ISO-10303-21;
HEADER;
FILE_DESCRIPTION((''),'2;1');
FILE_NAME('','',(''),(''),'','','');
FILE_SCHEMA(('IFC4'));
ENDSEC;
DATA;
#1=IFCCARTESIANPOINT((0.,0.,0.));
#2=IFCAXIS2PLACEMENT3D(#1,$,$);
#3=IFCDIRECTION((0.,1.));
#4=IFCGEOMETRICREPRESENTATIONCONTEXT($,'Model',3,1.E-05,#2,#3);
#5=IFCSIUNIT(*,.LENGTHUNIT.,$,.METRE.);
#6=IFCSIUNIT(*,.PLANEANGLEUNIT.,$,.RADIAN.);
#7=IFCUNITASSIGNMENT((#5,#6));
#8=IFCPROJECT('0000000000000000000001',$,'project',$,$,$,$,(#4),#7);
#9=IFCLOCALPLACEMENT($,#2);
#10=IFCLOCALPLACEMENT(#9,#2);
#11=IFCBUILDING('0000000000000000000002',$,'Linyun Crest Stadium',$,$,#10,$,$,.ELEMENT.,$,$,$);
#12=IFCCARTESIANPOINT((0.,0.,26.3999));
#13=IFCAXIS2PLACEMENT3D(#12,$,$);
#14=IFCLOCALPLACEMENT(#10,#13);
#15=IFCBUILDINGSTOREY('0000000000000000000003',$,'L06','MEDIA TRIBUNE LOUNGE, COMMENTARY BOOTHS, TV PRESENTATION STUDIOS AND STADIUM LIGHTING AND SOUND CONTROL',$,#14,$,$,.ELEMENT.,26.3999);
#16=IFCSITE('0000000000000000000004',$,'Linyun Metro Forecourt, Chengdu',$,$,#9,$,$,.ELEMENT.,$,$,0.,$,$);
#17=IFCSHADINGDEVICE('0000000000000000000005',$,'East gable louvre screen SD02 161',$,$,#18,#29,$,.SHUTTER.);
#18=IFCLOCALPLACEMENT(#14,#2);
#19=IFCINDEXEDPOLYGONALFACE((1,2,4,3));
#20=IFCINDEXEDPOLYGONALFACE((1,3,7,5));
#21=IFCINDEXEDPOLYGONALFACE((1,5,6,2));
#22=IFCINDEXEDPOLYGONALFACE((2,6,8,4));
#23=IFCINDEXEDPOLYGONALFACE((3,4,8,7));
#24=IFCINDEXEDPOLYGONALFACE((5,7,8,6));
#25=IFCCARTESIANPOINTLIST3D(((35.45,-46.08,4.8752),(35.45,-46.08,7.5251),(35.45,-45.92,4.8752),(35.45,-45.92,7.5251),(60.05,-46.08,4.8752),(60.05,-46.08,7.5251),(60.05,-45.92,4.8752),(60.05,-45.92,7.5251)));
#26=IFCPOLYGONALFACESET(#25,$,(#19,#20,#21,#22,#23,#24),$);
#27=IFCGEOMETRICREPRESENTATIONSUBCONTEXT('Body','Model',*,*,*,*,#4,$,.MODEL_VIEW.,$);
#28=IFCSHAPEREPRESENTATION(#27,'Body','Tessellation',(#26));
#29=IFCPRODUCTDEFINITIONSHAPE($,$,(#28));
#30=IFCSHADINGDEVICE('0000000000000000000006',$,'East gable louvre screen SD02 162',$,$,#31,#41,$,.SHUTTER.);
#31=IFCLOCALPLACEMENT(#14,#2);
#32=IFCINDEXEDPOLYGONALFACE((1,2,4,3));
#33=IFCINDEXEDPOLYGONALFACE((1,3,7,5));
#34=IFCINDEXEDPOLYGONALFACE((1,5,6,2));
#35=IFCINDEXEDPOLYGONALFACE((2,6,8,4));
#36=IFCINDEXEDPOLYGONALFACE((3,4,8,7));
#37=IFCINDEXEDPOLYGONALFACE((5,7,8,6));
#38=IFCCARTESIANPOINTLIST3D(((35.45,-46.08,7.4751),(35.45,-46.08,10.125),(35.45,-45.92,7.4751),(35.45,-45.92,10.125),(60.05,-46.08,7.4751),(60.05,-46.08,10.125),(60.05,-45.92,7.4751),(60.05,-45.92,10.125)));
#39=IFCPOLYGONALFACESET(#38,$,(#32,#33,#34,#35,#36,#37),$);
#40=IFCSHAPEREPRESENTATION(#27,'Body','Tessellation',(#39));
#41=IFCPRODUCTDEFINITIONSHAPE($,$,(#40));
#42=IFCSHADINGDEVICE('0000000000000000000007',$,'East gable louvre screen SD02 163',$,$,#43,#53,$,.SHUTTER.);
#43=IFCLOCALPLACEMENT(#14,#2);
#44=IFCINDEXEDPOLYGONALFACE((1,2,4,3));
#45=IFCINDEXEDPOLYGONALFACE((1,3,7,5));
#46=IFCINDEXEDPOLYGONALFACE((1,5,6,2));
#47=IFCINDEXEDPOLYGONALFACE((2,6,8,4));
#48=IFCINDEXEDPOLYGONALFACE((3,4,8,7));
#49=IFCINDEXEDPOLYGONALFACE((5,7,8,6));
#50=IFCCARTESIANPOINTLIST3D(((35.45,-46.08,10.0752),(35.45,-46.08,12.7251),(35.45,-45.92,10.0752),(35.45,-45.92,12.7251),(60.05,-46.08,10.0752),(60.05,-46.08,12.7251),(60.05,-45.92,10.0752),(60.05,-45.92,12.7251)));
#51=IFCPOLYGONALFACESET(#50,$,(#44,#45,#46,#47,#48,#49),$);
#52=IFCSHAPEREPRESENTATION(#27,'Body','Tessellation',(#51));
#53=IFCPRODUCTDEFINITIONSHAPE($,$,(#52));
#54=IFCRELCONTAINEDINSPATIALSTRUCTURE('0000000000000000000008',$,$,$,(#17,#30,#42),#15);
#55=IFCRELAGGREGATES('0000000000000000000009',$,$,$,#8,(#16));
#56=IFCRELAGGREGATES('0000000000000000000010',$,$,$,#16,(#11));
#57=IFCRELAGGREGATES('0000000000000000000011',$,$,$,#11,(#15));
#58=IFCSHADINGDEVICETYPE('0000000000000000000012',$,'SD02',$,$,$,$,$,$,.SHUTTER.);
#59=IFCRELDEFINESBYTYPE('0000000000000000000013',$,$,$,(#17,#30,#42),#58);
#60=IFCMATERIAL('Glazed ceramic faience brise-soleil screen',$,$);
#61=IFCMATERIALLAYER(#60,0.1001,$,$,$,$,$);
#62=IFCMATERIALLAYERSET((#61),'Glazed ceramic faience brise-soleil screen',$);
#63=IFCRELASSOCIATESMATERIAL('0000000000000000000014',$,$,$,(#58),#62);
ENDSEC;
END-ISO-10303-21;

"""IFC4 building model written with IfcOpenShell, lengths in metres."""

from ifc_helpers import new_model, si_unit, direction, frame, origin, origin_2d, place, context, subcontext, project, spatial, rectangle, extrude, material, layer, layer_set, type_object, element, save


model = new_model("IFC4")

# Units and contexts
model_context = context("Model", 3, precision=1e-05, world=origin(), true_north=direction((0.0, 1.0)))
body_context = subcontext(model_context, "Body", "Model", "MODEL_VIEW")
ifc_project = project(units=[si_unit("LENGTHUNIT", "METRE"), si_unit("PLANEANGLEUNIT", "RADIAN")], contexts=[model_context])

# Site, building, storey
site_placement = place(None, origin())
site = spatial("IfcSite", under=ifc_project, at=site_placement, Name="Linyun Metro Forecourt, Chengdu", CompositionType="ELEMENT", RefElevation=0.0)
building_placement = place(site_placement, origin())
building = spatial("IfcBuilding", under=site, at=building_placement, Name="Linyun Crest Stadium", CompositionType="ELEMENT")
storey_placement = place(building_placement, frame((0.0, 0.0, 26.3999)))
storey = spatial("IfcBuildingStorey", under=building, at=storey_placement, Name="L06", Description="MEDIA TRIBUNE LOUNGE, COMMENTARY BOOTHS, TV PRESENTATION STUDIOS AND STADIUM LIGHTING AND SOUND CONTROL", CompositionType="ELEMENT", Elevation=26.3999)

# Shading devices
ifc_material_1 = material(Name="Glazed ceramic faience brise-soleil screen")
ifc_layer_1 = layer(ifc_material_1, 0.1001)
ifc_layer_set_1 = layer_set([ifc_layer_1], Name="Glazed ceramic faience brise-soleil screen")
shading_device_type = type_object("IfcShadingDeviceType", Name="SD02", PredefinedType="SHUTTER", material=ifc_layer_set_1)
for number, where, z_axis, x_axis, name in (
    (1, (47.75, -46.0, 4.8752), (0.0, 0.0, 1.0), (1.0, 0.0, 0.0), "East gable louvre screen SD02 161"),
    (2, (47.75, -46.0, 7.4751), (0.0, 0.0, 1.0), (1.0, 0.0, 0.0), "East gable louvre screen SD02 162"),
    (3, (47.75, -46.0, 10.0752), (0.0, 0.0, 1.0), (1.0, 0.0, 0.0), "East gable louvre screen SD02 163"),
):
    element("IfcShadingDevice", number, at=place(storey_placement, frame(where, z_axis=z_axis, x_axis=x_axis)), inside=storey, type_object=shading_device_type, Name=name, PredefinedType="SHUTTER", context=body_context, shape_type="SweptSolid", body=[
        extrude(rectangle(XDim=24.6001, YDim=0.1599, at=origin_2d()), origin(), (0.0, 0.0, 1.0), 2.6499),
    ])

save(model, "model.ifc")
